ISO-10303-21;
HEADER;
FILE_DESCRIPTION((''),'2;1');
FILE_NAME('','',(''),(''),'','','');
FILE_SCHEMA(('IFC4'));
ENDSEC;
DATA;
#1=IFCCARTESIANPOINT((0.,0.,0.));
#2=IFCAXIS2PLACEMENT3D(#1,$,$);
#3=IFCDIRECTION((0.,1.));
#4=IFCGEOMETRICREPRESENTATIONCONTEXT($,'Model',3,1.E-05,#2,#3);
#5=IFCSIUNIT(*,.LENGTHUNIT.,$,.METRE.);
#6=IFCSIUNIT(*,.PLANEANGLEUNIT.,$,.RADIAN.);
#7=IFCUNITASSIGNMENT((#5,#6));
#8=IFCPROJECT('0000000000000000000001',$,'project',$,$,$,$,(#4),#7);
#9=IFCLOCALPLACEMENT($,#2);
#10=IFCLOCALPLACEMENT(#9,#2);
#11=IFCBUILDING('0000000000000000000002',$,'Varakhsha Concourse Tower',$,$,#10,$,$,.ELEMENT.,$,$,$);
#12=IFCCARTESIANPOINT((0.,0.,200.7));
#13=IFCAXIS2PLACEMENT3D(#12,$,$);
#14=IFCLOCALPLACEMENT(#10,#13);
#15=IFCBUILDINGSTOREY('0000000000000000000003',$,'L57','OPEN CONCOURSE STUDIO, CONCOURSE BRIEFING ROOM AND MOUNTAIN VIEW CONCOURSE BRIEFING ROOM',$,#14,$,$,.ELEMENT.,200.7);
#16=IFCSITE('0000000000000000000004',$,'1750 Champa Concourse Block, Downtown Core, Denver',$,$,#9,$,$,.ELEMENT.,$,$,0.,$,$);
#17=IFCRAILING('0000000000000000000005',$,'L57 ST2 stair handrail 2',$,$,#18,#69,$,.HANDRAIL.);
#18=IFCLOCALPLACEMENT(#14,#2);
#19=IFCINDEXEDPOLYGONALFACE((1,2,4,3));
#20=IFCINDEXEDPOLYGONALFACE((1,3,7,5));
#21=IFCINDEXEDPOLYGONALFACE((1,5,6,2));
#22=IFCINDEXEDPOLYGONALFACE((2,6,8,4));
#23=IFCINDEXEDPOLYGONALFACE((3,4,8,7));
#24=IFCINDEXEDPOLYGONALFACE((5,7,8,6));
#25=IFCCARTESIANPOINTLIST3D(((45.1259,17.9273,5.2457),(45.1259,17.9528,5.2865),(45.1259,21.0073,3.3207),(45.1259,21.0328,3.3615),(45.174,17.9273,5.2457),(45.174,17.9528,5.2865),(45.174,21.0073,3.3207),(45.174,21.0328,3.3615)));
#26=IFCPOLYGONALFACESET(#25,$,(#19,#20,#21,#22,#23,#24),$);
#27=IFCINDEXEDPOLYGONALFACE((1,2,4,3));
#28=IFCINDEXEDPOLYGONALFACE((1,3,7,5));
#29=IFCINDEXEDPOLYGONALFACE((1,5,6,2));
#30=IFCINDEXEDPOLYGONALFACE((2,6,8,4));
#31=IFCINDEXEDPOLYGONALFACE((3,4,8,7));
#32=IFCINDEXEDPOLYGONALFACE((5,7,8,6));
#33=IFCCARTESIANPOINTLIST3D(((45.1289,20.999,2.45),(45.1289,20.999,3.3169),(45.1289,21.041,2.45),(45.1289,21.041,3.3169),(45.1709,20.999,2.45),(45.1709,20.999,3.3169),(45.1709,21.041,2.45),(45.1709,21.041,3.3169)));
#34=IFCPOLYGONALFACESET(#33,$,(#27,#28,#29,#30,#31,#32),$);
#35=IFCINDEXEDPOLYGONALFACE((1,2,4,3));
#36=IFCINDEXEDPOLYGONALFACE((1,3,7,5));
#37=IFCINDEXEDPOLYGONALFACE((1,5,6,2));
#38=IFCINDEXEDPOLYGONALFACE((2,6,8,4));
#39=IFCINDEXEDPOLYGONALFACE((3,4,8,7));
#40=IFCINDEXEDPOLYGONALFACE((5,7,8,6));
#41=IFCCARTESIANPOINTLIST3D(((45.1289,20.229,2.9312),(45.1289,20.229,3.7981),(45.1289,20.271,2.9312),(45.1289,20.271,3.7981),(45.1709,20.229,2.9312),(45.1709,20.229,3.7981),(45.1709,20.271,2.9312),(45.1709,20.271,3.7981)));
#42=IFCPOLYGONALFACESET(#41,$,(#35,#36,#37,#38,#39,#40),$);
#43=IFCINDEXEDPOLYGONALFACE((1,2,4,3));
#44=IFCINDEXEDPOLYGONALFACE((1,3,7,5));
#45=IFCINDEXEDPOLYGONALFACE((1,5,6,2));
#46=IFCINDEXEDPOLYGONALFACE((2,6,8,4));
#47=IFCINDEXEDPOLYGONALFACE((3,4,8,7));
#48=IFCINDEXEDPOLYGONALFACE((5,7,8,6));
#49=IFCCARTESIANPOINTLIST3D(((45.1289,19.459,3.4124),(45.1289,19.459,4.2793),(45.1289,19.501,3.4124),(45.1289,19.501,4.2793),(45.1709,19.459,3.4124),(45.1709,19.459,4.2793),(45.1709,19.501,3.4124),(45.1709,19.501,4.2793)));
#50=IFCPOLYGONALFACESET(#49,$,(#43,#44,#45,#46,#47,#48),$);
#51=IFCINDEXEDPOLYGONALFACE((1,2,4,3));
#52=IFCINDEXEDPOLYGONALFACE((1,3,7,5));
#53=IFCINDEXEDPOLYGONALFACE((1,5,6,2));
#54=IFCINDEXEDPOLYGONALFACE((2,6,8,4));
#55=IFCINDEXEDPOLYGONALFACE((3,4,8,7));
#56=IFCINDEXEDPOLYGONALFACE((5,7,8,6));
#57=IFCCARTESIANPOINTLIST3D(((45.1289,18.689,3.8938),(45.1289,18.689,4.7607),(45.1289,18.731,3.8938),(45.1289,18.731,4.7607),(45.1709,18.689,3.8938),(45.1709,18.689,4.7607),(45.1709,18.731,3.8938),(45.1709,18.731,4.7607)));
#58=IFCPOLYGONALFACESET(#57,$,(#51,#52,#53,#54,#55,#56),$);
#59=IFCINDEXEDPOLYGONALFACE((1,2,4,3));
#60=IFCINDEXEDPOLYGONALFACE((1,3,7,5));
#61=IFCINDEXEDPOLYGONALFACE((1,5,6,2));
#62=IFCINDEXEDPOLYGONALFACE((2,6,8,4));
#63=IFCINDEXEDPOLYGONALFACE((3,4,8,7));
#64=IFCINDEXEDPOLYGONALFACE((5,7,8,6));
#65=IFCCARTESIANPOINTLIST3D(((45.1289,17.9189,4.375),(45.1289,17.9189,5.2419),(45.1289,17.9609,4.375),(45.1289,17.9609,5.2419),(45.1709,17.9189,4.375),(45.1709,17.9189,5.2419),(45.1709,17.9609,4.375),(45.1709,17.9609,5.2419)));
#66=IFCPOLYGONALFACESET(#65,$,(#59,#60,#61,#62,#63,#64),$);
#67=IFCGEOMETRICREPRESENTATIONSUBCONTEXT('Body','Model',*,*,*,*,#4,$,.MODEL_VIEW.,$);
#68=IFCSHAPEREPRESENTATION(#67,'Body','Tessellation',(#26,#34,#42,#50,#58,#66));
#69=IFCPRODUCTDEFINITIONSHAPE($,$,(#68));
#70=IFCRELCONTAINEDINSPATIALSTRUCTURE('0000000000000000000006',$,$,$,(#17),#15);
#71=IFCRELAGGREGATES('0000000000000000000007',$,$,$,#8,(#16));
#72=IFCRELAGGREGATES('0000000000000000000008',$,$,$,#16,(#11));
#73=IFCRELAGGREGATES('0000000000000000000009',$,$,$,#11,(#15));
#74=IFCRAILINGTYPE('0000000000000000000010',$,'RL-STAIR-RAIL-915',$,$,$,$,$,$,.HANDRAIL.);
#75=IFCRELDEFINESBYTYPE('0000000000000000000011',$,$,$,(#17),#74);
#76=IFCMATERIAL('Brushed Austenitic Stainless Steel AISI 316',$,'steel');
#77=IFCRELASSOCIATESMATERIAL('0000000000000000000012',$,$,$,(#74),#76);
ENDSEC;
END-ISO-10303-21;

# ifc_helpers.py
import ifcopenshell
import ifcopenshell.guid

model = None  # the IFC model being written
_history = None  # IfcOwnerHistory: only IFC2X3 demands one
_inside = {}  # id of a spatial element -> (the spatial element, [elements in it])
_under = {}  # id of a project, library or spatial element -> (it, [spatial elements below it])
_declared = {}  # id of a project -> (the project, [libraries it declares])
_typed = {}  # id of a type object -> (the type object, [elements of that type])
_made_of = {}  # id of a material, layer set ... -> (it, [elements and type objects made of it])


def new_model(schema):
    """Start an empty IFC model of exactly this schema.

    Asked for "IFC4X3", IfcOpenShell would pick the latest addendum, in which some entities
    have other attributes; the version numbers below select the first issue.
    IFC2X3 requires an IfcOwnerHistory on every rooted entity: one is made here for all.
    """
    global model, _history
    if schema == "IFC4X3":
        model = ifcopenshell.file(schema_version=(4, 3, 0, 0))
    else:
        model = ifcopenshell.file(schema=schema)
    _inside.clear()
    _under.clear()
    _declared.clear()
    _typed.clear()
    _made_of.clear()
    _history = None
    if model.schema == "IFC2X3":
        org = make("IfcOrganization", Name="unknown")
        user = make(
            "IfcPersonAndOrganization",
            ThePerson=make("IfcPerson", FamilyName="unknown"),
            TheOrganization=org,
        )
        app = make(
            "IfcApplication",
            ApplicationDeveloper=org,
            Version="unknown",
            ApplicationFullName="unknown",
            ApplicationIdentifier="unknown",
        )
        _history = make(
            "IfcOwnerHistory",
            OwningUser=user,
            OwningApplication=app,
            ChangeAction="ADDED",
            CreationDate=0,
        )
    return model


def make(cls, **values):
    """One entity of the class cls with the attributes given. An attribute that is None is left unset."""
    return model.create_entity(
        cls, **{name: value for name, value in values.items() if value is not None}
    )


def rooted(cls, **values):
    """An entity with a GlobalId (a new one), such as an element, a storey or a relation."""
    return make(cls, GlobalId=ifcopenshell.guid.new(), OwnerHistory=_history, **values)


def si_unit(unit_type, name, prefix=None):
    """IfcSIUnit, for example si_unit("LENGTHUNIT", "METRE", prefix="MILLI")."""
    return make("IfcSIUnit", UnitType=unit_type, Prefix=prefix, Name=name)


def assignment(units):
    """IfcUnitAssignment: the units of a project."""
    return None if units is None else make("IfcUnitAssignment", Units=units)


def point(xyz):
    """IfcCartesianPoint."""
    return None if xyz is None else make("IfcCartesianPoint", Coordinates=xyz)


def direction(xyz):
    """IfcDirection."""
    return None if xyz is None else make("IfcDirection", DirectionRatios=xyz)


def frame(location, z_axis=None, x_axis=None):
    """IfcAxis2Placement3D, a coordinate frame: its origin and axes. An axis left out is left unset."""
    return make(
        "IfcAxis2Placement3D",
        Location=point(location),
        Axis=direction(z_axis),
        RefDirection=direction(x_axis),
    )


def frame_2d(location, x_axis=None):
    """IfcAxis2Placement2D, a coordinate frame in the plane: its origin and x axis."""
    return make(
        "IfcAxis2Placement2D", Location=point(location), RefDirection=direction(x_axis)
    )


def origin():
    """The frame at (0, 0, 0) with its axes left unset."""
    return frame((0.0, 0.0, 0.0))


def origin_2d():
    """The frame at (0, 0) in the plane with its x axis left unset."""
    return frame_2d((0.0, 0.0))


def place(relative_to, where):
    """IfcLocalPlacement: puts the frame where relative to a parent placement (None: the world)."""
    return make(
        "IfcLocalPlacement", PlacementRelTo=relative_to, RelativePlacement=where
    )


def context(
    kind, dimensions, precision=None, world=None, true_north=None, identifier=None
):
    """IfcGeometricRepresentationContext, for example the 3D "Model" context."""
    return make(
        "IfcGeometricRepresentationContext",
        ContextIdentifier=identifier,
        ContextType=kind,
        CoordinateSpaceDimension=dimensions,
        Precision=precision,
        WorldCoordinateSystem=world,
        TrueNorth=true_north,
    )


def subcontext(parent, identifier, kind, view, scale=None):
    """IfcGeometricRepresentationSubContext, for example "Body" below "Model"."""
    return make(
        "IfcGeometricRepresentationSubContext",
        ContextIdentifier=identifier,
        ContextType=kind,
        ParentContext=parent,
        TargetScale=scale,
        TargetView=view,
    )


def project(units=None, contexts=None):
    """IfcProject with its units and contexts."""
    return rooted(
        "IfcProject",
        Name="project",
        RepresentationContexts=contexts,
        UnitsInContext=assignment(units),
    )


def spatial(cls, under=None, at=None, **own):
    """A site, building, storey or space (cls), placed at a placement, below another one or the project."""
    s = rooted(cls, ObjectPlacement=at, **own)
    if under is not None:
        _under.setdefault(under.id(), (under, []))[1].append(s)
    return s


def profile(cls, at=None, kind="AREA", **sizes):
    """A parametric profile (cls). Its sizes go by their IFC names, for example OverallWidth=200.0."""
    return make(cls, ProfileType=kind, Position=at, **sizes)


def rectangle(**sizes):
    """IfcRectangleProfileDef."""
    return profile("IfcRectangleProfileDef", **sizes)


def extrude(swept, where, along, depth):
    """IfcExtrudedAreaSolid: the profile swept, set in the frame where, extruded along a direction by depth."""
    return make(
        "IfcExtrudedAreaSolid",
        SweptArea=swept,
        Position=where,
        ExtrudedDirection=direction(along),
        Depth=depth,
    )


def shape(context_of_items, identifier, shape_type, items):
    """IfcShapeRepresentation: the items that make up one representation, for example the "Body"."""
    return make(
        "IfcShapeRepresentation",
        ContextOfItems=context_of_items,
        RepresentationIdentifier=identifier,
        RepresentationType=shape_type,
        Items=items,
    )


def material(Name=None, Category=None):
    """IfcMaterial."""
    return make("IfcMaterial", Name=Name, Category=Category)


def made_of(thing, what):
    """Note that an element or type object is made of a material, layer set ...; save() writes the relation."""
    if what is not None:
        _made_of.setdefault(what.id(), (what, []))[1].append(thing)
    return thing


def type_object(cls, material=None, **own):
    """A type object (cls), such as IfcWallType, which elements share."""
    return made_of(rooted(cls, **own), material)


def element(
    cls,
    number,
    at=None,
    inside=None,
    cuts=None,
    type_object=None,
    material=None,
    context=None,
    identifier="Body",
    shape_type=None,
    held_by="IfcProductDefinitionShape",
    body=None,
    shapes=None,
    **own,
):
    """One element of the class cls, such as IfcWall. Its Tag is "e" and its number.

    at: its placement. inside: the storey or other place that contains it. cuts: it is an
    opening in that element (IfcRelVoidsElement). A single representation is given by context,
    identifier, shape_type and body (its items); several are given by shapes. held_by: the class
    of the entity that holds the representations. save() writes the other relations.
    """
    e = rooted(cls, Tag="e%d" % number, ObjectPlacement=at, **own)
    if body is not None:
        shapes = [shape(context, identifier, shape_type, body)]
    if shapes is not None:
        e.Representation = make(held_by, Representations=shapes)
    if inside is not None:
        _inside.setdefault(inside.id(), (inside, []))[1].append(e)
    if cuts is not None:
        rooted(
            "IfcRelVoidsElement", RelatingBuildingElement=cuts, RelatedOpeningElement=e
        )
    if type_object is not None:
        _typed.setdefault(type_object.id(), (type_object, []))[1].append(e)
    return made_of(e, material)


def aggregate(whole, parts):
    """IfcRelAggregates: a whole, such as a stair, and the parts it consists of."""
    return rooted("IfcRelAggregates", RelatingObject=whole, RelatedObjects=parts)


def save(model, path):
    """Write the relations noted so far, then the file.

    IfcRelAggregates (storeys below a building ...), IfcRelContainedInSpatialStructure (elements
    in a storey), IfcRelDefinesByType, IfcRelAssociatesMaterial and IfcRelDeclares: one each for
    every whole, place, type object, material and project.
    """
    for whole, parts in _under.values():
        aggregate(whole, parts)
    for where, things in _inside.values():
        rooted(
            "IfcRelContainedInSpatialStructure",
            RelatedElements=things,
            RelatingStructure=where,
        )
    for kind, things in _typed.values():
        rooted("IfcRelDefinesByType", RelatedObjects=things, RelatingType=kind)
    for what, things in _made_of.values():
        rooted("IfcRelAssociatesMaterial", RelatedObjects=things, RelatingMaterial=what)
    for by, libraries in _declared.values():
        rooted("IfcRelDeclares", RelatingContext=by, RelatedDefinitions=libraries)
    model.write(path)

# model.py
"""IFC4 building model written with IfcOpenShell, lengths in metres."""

from ifc_helpers import new_model, si_unit, direction, frame, origin, origin_2d, place, context, subcontext, project, spatial, rectangle, extrude, material, type_object, element, save


model = new_model("IFC4")

# Units and contexts
model_context = context("Model", 3, precision=1e-05, world=origin(), true_north=direction((0.0, 1.0)))
body_context = subcontext(model_context, "Body", "Model", "MODEL_VIEW")
ifc_project = project(units=[si_unit("LENGTHUNIT", "METRE"), si_unit("PLANEANGLEUNIT", "RADIAN")], contexts=[model_context])

# Site, building, storey
site_placement = place(None, origin())
site = spatial("IfcSite", under=ifc_project, at=site_placement, Name="1750 Champa Concourse Block, Downtown Core, Denver", CompositionType="ELEMENT", RefElevation=0.0)
building_placement = place(site_placement, origin())
building = spatial("IfcBuilding", under=site, at=building_placement, Name="Varakhsha Concourse Tower", CompositionType="ELEMENT")
storey_placement = place(building_placement, frame((0.0, 0.0, 200.7)))
storey = spatial("IfcBuildingStorey", under=building, at=storey_placement, Name="L57", Description="OPEN CONCOURSE STUDIO, CONCOURSE BRIEFING ROOM AND MOUNTAIN VIEW CONCOURSE BRIEFING ROOM", CompositionType="ELEMENT", Elevation=200.7)

# Railing
ifc_material_1 = material(Name="Brushed Austenitic Stainless Steel AISI 316", Category="steel")
railing_type_1 = type_object("IfcRailingType", Name="RL-STAIR-RAIL-915", PredefinedType="HANDRAIL", material=ifc_material_1)
railing_1_placement = place(storey_placement, frame((45.1499, 21.02, 2.45)))
element("IfcRailing", 1, at=railing_1_placement, inside=storey, type_object=railing_type_1, Name="L57 ST2 stair handrail 2", PredefinedType="HANDRAIL", context=body_context, shape_type="SweptSolid", body=[
    extrude(rectangle(XDim=0.0481, YDim=0.0481, at=origin_2d()), frame((0.0, 0.0, 0.8911), z_axis=(0.0, -0.847998, 0.529999), x_axis=(1.0, 0.0, 0.0)), (0.0, 0.0, 1.0), 3.6321),
    extrude(rectangle(XDim=0.042, YDim=0.042, at=origin_2d()), origin(), (0.0, 0.0, 1.0), 0.8669),
    extrude(rectangle(XDim=0.042, YDim=0.042, at=origin_2d()), frame((0.0, -0.77, 0.4812)), (0.0, 0.0, 1.0), 0.8669),
    extrude(rectangle(XDim=0.042, YDim=0.042, at=origin_2d()), frame((0.0, -1.54, 0.9624)), (0.0, 0.0, 1.0), 0.8669),
    extrude(rectangle(XDim=0.042, YDim=0.042, at=origin_2d()), frame((0.0, -2.3101, 1.4438)), (0.0, 0.0, 1.0), 0.8669),
    extrude(rectangle(XDim=0.042, YDim=0.042, at=origin_2d()), frame((0.0, -3.0801, 1.925)), (0.0, 0.0, 1.0), 0.8669),
])

save(model, "model.ifc")
